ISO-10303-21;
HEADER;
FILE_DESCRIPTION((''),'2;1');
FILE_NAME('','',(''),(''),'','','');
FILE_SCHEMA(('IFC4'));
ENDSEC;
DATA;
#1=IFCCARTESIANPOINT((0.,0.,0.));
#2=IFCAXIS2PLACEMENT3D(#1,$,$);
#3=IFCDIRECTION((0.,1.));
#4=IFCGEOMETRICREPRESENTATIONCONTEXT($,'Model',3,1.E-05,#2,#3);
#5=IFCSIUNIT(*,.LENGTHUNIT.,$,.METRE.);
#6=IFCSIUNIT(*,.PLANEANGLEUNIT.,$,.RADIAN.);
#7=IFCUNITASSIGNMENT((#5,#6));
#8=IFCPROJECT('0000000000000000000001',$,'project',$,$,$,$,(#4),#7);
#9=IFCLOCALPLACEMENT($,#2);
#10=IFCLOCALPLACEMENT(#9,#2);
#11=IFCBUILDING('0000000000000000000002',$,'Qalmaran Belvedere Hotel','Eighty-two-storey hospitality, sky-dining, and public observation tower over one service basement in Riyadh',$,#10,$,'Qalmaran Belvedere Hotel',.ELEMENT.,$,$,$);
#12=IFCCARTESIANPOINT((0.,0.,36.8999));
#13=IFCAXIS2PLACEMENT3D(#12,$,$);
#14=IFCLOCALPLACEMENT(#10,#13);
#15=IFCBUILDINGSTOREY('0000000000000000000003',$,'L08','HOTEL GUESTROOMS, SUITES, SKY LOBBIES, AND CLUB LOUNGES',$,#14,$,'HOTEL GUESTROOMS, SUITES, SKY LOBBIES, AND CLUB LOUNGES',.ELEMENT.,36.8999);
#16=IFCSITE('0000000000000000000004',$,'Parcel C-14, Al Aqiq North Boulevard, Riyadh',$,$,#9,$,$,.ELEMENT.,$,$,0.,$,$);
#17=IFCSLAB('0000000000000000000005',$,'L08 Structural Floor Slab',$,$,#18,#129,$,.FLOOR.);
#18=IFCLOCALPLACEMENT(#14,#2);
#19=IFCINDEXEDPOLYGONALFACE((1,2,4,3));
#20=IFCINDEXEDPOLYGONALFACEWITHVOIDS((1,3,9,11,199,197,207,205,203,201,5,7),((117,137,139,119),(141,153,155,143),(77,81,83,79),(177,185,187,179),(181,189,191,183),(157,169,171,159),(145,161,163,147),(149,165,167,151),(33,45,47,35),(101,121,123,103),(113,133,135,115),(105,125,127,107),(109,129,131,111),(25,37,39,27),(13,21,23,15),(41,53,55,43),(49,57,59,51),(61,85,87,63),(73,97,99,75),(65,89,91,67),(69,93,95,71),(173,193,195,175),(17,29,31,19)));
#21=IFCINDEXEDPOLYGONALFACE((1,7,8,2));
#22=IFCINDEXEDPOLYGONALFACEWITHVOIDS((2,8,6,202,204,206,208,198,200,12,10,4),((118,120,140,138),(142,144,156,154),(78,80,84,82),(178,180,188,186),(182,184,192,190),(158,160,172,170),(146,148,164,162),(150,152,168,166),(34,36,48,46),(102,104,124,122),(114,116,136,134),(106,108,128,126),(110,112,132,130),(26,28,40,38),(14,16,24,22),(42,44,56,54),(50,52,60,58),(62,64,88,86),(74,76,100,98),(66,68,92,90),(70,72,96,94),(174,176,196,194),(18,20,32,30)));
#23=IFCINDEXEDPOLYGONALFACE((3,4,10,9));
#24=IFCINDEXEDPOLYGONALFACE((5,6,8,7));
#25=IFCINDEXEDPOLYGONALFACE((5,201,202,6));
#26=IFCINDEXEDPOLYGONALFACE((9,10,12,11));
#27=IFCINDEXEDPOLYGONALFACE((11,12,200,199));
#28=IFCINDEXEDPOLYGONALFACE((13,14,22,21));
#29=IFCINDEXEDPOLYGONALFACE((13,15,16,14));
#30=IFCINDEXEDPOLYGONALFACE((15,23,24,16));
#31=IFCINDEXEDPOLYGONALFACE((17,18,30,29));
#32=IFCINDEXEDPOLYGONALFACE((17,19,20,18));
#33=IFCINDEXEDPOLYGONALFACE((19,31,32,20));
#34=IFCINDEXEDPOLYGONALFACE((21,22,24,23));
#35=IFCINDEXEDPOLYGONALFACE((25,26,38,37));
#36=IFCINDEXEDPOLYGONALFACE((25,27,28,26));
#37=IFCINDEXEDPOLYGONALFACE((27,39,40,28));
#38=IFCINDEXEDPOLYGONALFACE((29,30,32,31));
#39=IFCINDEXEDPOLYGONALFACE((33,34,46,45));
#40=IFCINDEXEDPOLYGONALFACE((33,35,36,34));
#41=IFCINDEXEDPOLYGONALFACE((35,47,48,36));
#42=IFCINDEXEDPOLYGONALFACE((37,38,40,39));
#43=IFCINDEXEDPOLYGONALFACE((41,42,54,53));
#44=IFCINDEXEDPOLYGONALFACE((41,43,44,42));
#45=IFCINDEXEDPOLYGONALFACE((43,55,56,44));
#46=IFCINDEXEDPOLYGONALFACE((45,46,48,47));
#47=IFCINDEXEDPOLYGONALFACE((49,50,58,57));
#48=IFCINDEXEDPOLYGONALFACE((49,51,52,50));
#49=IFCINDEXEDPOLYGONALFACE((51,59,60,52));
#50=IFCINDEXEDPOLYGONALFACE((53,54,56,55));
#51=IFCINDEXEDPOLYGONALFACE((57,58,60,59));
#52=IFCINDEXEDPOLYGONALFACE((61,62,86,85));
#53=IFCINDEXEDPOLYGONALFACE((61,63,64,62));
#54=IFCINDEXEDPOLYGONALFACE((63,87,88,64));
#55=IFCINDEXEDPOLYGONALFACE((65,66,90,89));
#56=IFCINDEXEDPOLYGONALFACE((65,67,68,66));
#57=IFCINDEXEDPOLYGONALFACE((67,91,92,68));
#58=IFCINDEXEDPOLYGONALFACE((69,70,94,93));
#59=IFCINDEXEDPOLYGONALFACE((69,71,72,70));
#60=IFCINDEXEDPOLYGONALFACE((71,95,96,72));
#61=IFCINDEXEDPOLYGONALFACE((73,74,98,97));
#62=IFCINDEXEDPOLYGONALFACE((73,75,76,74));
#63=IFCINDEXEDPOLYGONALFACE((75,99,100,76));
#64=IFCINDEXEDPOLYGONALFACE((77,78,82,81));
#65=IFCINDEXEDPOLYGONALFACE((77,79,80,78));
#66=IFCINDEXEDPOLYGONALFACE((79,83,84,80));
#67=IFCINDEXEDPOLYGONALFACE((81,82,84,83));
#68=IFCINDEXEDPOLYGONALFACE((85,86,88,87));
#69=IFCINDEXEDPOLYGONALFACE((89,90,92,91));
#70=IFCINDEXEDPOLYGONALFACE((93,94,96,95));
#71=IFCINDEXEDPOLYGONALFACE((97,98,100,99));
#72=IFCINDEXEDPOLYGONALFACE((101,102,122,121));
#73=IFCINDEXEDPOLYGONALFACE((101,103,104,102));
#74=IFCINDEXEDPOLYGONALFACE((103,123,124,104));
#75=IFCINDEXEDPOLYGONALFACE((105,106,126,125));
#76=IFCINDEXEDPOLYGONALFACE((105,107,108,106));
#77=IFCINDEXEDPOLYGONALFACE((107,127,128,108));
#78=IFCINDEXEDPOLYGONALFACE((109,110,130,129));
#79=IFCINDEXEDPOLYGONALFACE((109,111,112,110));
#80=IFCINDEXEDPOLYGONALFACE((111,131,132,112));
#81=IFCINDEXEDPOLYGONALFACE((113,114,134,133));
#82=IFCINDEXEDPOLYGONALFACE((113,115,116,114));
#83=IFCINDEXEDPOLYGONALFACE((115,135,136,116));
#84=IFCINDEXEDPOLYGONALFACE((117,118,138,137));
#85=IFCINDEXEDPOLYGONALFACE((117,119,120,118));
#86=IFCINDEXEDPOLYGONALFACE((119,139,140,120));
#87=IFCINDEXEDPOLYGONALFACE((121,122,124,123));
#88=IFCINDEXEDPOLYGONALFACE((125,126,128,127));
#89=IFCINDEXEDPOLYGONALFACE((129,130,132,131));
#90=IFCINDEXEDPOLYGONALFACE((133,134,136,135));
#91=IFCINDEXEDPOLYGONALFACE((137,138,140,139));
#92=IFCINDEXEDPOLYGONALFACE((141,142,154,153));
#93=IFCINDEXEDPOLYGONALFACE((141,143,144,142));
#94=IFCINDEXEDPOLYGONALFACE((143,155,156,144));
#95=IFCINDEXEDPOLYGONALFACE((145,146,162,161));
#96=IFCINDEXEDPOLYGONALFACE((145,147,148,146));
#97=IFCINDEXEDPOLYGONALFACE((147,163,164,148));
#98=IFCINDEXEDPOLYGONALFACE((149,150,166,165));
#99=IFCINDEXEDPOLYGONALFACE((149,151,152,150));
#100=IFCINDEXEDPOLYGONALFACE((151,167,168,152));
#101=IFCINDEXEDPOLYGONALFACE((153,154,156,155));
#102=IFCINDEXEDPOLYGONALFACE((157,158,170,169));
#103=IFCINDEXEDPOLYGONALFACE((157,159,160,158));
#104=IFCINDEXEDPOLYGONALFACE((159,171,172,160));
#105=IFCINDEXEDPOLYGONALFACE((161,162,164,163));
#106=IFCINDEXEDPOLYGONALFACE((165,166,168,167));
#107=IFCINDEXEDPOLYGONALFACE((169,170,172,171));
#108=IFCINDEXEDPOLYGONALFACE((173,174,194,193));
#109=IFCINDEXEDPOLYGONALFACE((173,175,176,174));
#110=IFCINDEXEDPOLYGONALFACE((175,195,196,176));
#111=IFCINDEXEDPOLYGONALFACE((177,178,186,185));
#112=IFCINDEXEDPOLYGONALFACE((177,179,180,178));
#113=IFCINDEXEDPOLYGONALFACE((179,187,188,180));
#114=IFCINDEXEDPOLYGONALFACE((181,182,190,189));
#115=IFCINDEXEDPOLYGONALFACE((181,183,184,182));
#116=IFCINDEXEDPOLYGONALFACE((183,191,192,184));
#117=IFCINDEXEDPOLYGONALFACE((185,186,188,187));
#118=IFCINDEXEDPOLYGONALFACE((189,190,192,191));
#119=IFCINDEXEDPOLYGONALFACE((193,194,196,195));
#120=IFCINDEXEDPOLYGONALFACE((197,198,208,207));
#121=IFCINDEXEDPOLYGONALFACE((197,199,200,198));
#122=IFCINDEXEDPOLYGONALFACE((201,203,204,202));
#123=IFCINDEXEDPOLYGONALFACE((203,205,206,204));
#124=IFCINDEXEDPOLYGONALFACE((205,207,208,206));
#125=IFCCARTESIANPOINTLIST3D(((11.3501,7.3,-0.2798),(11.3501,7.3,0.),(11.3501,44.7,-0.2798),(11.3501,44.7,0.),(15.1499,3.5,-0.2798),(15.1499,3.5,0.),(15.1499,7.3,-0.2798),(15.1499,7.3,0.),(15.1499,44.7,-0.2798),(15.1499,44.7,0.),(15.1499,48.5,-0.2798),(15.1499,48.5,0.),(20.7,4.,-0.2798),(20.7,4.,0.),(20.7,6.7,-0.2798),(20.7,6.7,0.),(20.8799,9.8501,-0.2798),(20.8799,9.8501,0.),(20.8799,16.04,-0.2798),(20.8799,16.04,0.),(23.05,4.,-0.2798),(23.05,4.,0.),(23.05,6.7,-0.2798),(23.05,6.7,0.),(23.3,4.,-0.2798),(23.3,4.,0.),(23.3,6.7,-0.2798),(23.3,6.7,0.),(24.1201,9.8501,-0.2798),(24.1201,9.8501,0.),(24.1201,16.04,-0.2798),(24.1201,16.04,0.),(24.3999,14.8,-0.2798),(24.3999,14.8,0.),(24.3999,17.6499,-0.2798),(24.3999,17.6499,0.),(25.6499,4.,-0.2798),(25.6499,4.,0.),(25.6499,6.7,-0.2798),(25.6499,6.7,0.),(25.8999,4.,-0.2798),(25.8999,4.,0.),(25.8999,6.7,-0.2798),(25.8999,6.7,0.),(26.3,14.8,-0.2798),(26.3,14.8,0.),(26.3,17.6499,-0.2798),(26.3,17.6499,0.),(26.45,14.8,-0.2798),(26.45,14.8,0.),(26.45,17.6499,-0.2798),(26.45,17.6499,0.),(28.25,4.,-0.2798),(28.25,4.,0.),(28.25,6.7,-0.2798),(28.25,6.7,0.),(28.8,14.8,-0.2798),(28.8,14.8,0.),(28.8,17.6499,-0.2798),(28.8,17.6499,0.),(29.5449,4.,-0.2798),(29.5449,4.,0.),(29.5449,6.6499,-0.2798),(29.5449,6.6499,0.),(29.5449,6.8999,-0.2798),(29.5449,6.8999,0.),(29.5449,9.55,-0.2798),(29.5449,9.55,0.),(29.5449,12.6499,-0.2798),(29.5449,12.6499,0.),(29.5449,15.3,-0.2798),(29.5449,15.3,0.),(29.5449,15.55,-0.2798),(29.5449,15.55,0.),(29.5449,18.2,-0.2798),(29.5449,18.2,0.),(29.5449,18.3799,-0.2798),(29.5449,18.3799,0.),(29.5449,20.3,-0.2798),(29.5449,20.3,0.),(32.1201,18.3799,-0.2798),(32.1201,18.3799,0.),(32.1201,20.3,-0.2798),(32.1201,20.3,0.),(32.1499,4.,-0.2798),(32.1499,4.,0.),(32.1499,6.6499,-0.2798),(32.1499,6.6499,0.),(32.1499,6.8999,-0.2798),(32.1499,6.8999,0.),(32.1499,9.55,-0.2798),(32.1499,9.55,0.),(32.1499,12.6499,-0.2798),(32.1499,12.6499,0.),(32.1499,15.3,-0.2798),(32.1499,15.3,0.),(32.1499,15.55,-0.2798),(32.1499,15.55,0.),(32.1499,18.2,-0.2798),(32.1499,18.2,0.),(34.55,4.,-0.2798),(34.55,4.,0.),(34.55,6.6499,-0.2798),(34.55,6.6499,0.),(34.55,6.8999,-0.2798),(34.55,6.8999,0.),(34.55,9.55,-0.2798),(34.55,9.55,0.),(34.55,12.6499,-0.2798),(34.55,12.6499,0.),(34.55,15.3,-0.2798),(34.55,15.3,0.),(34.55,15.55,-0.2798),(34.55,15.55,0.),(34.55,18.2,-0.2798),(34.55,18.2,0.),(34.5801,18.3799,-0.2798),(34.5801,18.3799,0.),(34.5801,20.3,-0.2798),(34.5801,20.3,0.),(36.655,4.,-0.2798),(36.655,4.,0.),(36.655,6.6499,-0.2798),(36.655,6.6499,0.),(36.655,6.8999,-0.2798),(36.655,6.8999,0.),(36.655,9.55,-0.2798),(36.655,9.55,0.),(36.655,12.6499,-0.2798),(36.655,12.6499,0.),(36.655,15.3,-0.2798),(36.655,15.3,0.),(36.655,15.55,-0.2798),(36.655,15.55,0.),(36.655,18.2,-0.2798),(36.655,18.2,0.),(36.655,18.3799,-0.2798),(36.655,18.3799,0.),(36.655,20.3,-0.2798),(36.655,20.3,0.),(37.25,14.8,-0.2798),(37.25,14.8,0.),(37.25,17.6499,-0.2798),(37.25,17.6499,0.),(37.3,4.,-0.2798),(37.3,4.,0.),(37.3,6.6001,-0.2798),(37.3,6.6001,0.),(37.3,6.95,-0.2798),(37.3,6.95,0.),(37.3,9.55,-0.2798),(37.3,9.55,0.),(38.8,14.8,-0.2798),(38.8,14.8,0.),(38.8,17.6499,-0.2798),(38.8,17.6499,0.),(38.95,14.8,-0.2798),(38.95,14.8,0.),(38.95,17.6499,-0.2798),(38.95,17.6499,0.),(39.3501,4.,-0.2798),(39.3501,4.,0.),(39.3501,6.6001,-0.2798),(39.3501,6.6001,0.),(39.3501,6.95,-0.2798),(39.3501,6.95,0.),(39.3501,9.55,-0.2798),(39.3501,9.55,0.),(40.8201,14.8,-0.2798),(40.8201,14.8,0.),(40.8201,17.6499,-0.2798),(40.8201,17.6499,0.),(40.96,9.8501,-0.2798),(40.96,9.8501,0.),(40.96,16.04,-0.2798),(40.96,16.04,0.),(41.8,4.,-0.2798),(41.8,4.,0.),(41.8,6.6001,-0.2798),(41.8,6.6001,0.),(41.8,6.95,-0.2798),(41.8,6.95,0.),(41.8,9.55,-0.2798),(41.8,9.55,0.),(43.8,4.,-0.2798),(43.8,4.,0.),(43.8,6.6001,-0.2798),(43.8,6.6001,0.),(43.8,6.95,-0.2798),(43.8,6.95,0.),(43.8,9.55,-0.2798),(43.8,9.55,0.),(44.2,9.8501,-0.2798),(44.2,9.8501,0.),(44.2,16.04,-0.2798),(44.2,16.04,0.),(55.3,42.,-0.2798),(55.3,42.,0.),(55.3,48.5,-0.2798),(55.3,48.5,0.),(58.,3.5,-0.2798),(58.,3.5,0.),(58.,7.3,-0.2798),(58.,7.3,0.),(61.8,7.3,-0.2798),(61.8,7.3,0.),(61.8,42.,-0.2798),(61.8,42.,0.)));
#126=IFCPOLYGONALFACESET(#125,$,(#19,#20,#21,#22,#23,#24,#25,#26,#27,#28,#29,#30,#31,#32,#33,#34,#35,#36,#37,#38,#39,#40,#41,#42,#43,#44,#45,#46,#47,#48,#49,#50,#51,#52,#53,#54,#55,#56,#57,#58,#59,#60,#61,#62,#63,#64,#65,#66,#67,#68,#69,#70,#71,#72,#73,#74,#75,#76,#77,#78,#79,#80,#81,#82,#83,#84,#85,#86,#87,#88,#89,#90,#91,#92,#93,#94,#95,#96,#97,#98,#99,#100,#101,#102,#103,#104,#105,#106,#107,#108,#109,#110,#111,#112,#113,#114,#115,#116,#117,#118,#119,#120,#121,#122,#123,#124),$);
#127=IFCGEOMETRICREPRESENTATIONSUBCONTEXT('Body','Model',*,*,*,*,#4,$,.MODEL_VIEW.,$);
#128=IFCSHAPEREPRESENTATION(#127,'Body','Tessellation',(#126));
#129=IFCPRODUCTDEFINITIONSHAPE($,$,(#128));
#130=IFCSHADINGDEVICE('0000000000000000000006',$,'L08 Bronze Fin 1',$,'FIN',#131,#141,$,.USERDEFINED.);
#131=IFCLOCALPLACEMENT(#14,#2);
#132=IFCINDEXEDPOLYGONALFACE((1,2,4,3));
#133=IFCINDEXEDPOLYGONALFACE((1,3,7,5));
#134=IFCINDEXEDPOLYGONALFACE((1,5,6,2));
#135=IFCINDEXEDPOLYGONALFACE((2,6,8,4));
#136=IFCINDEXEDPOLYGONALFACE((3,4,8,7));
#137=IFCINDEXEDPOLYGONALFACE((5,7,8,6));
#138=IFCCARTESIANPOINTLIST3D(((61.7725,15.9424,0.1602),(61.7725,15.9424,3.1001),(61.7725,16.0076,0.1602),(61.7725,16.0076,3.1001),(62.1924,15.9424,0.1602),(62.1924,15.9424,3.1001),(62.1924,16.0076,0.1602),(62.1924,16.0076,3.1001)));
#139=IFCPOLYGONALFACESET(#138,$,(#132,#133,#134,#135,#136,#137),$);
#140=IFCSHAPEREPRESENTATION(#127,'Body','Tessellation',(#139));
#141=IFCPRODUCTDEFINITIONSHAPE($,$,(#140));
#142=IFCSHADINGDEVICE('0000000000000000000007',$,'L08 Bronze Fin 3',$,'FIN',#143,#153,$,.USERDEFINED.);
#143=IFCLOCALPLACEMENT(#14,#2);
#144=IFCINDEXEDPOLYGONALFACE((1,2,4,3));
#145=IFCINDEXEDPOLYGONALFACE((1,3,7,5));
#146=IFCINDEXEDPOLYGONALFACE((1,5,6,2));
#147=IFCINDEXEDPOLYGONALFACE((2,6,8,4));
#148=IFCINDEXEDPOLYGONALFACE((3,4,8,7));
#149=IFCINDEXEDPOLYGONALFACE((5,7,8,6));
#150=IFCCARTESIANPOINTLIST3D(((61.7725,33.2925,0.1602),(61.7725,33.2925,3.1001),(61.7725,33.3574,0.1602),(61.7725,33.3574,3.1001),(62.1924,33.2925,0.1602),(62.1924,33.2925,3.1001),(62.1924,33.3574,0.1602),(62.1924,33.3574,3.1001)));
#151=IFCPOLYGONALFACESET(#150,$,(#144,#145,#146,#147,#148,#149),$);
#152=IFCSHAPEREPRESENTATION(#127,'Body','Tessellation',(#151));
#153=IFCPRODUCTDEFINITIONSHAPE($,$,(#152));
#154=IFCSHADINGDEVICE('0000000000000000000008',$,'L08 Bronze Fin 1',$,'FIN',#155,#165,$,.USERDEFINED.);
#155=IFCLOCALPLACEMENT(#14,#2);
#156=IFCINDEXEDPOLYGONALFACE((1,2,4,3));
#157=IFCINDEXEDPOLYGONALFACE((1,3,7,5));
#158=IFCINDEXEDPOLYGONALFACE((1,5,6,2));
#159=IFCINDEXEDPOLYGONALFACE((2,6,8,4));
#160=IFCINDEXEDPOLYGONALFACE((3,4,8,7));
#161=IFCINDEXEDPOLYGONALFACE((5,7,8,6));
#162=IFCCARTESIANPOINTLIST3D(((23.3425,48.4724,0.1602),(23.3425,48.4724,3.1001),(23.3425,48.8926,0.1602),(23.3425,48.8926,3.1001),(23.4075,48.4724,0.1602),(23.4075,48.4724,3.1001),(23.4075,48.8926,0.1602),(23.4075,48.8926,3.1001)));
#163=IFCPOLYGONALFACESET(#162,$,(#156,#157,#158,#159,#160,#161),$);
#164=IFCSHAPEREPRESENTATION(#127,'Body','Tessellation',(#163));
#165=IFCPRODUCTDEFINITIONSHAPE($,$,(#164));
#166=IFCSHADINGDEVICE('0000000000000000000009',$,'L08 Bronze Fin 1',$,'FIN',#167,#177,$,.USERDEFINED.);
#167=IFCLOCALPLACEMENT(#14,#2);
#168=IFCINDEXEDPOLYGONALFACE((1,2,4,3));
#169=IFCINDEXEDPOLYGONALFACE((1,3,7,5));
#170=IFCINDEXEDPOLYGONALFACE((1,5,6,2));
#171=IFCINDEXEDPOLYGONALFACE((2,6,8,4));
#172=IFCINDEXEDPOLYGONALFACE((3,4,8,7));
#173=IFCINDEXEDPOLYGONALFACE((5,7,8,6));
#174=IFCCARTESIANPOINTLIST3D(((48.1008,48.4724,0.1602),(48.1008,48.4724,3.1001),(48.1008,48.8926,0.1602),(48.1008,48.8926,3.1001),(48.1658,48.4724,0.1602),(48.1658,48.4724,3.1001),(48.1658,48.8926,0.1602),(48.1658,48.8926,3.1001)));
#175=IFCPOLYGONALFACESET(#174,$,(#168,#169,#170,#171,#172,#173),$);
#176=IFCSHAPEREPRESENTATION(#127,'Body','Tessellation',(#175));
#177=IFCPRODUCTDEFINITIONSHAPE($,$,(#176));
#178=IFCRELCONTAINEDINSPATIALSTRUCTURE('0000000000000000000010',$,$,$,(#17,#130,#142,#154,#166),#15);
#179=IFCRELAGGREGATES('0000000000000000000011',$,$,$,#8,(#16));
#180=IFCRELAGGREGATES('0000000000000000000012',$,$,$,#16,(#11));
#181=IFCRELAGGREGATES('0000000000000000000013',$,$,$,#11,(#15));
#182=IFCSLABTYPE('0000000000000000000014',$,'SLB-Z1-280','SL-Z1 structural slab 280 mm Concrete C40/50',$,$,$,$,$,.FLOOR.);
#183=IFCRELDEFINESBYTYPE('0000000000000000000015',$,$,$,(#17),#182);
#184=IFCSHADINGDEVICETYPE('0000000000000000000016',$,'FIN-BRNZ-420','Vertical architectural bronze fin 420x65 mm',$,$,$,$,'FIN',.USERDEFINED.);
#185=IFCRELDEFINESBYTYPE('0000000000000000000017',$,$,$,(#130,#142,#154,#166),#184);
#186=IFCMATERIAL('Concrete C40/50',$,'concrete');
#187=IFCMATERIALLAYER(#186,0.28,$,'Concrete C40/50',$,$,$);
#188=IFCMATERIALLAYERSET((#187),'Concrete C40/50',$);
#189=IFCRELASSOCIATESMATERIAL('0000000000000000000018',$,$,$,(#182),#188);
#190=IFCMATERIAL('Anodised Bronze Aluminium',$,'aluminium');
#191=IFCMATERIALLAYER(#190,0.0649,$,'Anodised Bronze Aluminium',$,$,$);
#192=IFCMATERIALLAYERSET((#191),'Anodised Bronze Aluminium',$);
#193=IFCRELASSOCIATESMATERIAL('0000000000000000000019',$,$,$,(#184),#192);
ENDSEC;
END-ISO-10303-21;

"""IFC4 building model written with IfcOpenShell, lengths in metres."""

from ifc_helpers import new_model, si_unit, direction, frame, origin, place, context, subcontext, project, spatial, polyline, outline, extrude, material, layer, layer_set, type_object, element, save


model = new_model("IFC4")

# Units and contexts
model_context = context("Model", 3, precision=1e-05, world=origin(), true_north=direction((0.0, 1.0)))
body_context = subcontext(model_context, "Body", "Model", "MODEL_VIEW")
ifc_project = project(units=[si_unit("LENGTHUNIT", "METRE"), si_unit("PLANEANGLEUNIT", "RADIAN")], contexts=[model_context])

# Site, building, storey
site_placement = place(None, origin())
site = spatial("IfcSite", under=ifc_project, at=site_placement, Name="Parcel C-14, Al Aqiq North Boulevard, Riyadh", CompositionType="ELEMENT", RefElevation=0.0)
building_placement = place(site_placement, origin())
building = spatial("IfcBuilding", under=site, at=building_placement, Name="Qalmaran Belvedere Hotel", Description="Eighty-two-storey hospitality, sky-dining, and public observation tower over one service basement in Riyadh", LongName="Qalmaran Belvedere Hotel", CompositionType="ELEMENT")
storey_placement = place(building_placement, frame((0.0, 0.0, 36.8999)))
storey = spatial("IfcBuildingStorey", under=building, at=storey_placement, Name="L08", Description="HOTEL GUESTROOMS, SUITES, SKY LOBBIES, AND CLUB LOUNGES", LongName="HOTEL GUESTROOMS, SUITES, SKY LOBBIES, AND CLUB LOUNGES", CompositionType="ELEMENT", Elevation=36.8999)

# Shared definitions
ifc_material_1 = material(Name="Anodised Bronze Aluminium", Category="aluminium")

# Shared definitions
ifc_material_2 = material(Name="Concrete C40/50", Category="concrete")

# Slab
ifc_layer_1 = layer(ifc_material_2, 0.28, Name="Concrete C40/50")
ifc_layer_set_1 = layer_set([ifc_layer_1], Name="Concrete C40/50")
slab_type_1 = type_object("IfcSlabType", Name="SLB-Z1-280", Description="SL-Z1 structural slab 280 mm Concrete C40/50", PredefinedType="FLOOR", material=ifc_layer_set_1)
slab_1_placement = place(storey_placement, frame((0.0, 0.0, -0.2798)))
element("IfcSlab", 1, at=slab_1_placement, inside=storey, type_object=slab_type_1, Name="L08 Structural Floor Slab", PredefinedType="FLOOR", context=body_context, shape_type="SweptSolid", body=[
    extrude(outline(polyline([(15.1499, 3.5), (58.0, 3.5), (58.0, 7.3), (61.8, 7.3), (61.8, 42.0), (55.3, 42.0), (55.3, 48.5), (15.1499, 48.5), (15.1499, 44.7), (11.3501, 44.7), (11.3501, 7.3), (15.1499, 7.3), (15.1499, 3.5)]), holes=[polyline([(20.8799, 9.8501), (24.1201, 9.8501), (24.1201, 16.04), (20.8799, 16.04), (20.8799, 9.8501)]), polyline([(40.96, 9.8501), (44.2, 9.8501), (44.2, 16.04), (40.96, 16.04), (40.96, 9.8501)]), polyline([(29.5449, 4.0), (32.1499, 4.0), (32.1499, 6.6499), (29.5449, 6.6499), (29.5449, 4.0)]), polyline([(29.5449, 6.8999), (32.1499, 6.8999), (32.1499, 9.55), (29.5449, 9.55), (29.5449, 6.8999)]), polyline([(34.55, 4.0), (36.655, 4.0), (36.655, 6.6499), (34.55, 6.6499), (34.55, 4.0)]), polyline([(34.55, 6.8999), (36.655, 6.8999), (36.655, 9.55), (34.55, 9.55), (34.55, 6.8999)]), polyline([(29.5449, 12.6499), (32.1499, 12.6499), (32.1499, 15.3), (29.5449, 15.3), (29.5449, 12.6499)]), polyline([(29.5449, 15.55), (32.1499, 15.55), (32.1499, 18.2), (29.5449, 18.2), (29.5449, 15.55)]), polyline([(34.55, 12.6499), (36.655, 12.6499), (36.655, 15.3), (34.55, 15.3), (34.55, 12.6499)]), polyline([(34.55, 15.55), (36.655, 15.55), (36.655, 18.2), (34.55, 18.2), (34.55, 15.55)]), polyline([(37.3, 4.0), (39.3501, 4.0), (39.3501, 6.6001), (37.3, 6.6001), (37.3, 4.0)]), polyline([(37.3, 6.95), (39.3501, 6.95), (39.3501, 9.55), (37.3, 9.55), (37.3, 6.95)]), polyline([(41.8, 4.0), (43.8, 4.0), (43.8, 6.6001), (41.8, 6.6001), (41.8, 4.0)]), polyline([(41.8, 6.95), (43.8, 6.95), (43.8, 9.55), (41.8, 9.55), (41.8, 6.95)]), polyline([(20.7, 4.0), (23.05, 4.0), (23.05, 6.7), (20.7, 6.7), (20.7, 4.0)]), polyline([(23.3, 4.0), (25.6499, 4.0), (25.6499, 6.7), (23.3, 6.7), (23.3, 4.0)]), polyline([(25.8999, 4.0), (28.25, 4.0), (28.25, 6.7), (25.8999, 6.7), (25.8999, 4.0)]), polyline([(24.3999, 14.8), (26.3, 14.8), (26.3, 17.6499), (24.3999, 17.6499), (24.3999, 14.8)]), polyline([(38.95, 14.8), (40.8201, 14.8), (40.8201, 17.6499), (38.95, 17.6499), (38.95, 14.8)]), polyline([(26.45, 14.8), (28.8, 14.8), (28.8, 17.6499), (26.45, 17.6499), (26.45, 14.8)]), polyline([(37.25, 14.8), (38.8, 14.8), (38.8, 17.6499), (37.25, 17.6499), (37.25, 14.8)]), polyline([(29.5449, 18.3799), (32.1201, 18.3799), (32.1201, 20.3), (29.5449, 20.3), (29.5449, 18.3799)]), polyline([(34.5801, 18.3799), (36.655, 18.3799), (36.655, 20.3), (34.5801, 20.3), (34.5801, 18.3799)])]), origin(), (0.0, 0.0, 1.0), 0.2798),
])

# Shading devices
ifc_layer_2 = layer(ifc_material_1, 0.0649, Name="Anodised Bronze Aluminium")
ifc_layer_set_2 = layer_set([ifc_layer_2], Name="Anodised Bronze Aluminium")
shading_device_type = type_object("IfcShadingDeviceType", Name="FIN-BRNZ-420", Description="Vertical architectural bronze fin 420x65 mm", ElementType="FIN", PredefinedType="USERDEFINED", material=ifc_layer_set_2)
shading_device_1_placement = place(storey_placement, frame((0.0, 0.0, 0.1602)))
element("IfcShadingDevice", 2, at=shading_device_1_placement, inside=storey, type_object=shading_device_type, Name="L08 Bronze Fin 1", ObjectType="FIN", PredefinedType="USERDEFINED", context=body_context, shape_type="SweptSolid", body=[
    extrude(outline(polyline([(61.7725, 15.9424), (62.1924, 15.9424), (62.1924, 16.0076), (61.7725, 16.0076), (61.7725, 15.9424)])), origin(), (0.0, 0.0, 1.0), 2.9399),
])
shading_device_2_placement = place(storey_placement, frame((0.0, 0.0, 0.1602)))
element("IfcShadingDevice", 3, at=shading_device_2_placement, inside=storey, type_object=shading_device_type, Name="L08 Bronze Fin 3", ObjectType="FIN", PredefinedType="USERDEFINED", context=body_context, shape_type="SweptSolid", body=[
    extrude(outline(polyline([(61.7725, 33.2925), (62.1924, 33.2925), (62.1924, 33.3574), (61.7725, 33.3574), (61.7725, 33.2925)])), origin(), (0.0, 0.0, 1.0), 2.9399),
])
shading_device_3_placement = place(storey_placement, frame((0.0, 0.0, 0.1602)))
element("IfcShadingDevice", 4, at=shading_device_3_placement, inside=storey, type_object=shading_device_type, Name="L08 Bronze Fin 1", ObjectType="FIN", PredefinedType="USERDEFINED", context=body_context, shape_type="SweptSolid", body=[
    extrude(outline(polyline([(23.4075, 48.4724), (23.4075, 48.8926), (23.3425, 48.8926), (23.3425, 48.4724), (23.4075, 48.4724)])), origin(), (0.0, 0.0, 1.0), 2.9399),
])
shading_device_4_placement = place(storey_placement, frame((0.0, 0.0, 0.1602)))
element("IfcShadingDevice", 5, at=shading_device_4_placement, inside=storey, type_object=shading_device_type, Name="L08 Bronze Fin 1", ObjectType="FIN", PredefinedType="USERDEFINED", context=body_context, shape_type="SweptSolid", body=[
    extrude(outline(polyline([(48.1658, 48.4724), (48.1658, 48.8926), (48.1008, 48.8926), (48.1008, 48.4724), (48.1658, 48.4724)])), origin(), (0.0, 0.0, 1.0), 2.9399),
])

save(model, "model.ifc")
